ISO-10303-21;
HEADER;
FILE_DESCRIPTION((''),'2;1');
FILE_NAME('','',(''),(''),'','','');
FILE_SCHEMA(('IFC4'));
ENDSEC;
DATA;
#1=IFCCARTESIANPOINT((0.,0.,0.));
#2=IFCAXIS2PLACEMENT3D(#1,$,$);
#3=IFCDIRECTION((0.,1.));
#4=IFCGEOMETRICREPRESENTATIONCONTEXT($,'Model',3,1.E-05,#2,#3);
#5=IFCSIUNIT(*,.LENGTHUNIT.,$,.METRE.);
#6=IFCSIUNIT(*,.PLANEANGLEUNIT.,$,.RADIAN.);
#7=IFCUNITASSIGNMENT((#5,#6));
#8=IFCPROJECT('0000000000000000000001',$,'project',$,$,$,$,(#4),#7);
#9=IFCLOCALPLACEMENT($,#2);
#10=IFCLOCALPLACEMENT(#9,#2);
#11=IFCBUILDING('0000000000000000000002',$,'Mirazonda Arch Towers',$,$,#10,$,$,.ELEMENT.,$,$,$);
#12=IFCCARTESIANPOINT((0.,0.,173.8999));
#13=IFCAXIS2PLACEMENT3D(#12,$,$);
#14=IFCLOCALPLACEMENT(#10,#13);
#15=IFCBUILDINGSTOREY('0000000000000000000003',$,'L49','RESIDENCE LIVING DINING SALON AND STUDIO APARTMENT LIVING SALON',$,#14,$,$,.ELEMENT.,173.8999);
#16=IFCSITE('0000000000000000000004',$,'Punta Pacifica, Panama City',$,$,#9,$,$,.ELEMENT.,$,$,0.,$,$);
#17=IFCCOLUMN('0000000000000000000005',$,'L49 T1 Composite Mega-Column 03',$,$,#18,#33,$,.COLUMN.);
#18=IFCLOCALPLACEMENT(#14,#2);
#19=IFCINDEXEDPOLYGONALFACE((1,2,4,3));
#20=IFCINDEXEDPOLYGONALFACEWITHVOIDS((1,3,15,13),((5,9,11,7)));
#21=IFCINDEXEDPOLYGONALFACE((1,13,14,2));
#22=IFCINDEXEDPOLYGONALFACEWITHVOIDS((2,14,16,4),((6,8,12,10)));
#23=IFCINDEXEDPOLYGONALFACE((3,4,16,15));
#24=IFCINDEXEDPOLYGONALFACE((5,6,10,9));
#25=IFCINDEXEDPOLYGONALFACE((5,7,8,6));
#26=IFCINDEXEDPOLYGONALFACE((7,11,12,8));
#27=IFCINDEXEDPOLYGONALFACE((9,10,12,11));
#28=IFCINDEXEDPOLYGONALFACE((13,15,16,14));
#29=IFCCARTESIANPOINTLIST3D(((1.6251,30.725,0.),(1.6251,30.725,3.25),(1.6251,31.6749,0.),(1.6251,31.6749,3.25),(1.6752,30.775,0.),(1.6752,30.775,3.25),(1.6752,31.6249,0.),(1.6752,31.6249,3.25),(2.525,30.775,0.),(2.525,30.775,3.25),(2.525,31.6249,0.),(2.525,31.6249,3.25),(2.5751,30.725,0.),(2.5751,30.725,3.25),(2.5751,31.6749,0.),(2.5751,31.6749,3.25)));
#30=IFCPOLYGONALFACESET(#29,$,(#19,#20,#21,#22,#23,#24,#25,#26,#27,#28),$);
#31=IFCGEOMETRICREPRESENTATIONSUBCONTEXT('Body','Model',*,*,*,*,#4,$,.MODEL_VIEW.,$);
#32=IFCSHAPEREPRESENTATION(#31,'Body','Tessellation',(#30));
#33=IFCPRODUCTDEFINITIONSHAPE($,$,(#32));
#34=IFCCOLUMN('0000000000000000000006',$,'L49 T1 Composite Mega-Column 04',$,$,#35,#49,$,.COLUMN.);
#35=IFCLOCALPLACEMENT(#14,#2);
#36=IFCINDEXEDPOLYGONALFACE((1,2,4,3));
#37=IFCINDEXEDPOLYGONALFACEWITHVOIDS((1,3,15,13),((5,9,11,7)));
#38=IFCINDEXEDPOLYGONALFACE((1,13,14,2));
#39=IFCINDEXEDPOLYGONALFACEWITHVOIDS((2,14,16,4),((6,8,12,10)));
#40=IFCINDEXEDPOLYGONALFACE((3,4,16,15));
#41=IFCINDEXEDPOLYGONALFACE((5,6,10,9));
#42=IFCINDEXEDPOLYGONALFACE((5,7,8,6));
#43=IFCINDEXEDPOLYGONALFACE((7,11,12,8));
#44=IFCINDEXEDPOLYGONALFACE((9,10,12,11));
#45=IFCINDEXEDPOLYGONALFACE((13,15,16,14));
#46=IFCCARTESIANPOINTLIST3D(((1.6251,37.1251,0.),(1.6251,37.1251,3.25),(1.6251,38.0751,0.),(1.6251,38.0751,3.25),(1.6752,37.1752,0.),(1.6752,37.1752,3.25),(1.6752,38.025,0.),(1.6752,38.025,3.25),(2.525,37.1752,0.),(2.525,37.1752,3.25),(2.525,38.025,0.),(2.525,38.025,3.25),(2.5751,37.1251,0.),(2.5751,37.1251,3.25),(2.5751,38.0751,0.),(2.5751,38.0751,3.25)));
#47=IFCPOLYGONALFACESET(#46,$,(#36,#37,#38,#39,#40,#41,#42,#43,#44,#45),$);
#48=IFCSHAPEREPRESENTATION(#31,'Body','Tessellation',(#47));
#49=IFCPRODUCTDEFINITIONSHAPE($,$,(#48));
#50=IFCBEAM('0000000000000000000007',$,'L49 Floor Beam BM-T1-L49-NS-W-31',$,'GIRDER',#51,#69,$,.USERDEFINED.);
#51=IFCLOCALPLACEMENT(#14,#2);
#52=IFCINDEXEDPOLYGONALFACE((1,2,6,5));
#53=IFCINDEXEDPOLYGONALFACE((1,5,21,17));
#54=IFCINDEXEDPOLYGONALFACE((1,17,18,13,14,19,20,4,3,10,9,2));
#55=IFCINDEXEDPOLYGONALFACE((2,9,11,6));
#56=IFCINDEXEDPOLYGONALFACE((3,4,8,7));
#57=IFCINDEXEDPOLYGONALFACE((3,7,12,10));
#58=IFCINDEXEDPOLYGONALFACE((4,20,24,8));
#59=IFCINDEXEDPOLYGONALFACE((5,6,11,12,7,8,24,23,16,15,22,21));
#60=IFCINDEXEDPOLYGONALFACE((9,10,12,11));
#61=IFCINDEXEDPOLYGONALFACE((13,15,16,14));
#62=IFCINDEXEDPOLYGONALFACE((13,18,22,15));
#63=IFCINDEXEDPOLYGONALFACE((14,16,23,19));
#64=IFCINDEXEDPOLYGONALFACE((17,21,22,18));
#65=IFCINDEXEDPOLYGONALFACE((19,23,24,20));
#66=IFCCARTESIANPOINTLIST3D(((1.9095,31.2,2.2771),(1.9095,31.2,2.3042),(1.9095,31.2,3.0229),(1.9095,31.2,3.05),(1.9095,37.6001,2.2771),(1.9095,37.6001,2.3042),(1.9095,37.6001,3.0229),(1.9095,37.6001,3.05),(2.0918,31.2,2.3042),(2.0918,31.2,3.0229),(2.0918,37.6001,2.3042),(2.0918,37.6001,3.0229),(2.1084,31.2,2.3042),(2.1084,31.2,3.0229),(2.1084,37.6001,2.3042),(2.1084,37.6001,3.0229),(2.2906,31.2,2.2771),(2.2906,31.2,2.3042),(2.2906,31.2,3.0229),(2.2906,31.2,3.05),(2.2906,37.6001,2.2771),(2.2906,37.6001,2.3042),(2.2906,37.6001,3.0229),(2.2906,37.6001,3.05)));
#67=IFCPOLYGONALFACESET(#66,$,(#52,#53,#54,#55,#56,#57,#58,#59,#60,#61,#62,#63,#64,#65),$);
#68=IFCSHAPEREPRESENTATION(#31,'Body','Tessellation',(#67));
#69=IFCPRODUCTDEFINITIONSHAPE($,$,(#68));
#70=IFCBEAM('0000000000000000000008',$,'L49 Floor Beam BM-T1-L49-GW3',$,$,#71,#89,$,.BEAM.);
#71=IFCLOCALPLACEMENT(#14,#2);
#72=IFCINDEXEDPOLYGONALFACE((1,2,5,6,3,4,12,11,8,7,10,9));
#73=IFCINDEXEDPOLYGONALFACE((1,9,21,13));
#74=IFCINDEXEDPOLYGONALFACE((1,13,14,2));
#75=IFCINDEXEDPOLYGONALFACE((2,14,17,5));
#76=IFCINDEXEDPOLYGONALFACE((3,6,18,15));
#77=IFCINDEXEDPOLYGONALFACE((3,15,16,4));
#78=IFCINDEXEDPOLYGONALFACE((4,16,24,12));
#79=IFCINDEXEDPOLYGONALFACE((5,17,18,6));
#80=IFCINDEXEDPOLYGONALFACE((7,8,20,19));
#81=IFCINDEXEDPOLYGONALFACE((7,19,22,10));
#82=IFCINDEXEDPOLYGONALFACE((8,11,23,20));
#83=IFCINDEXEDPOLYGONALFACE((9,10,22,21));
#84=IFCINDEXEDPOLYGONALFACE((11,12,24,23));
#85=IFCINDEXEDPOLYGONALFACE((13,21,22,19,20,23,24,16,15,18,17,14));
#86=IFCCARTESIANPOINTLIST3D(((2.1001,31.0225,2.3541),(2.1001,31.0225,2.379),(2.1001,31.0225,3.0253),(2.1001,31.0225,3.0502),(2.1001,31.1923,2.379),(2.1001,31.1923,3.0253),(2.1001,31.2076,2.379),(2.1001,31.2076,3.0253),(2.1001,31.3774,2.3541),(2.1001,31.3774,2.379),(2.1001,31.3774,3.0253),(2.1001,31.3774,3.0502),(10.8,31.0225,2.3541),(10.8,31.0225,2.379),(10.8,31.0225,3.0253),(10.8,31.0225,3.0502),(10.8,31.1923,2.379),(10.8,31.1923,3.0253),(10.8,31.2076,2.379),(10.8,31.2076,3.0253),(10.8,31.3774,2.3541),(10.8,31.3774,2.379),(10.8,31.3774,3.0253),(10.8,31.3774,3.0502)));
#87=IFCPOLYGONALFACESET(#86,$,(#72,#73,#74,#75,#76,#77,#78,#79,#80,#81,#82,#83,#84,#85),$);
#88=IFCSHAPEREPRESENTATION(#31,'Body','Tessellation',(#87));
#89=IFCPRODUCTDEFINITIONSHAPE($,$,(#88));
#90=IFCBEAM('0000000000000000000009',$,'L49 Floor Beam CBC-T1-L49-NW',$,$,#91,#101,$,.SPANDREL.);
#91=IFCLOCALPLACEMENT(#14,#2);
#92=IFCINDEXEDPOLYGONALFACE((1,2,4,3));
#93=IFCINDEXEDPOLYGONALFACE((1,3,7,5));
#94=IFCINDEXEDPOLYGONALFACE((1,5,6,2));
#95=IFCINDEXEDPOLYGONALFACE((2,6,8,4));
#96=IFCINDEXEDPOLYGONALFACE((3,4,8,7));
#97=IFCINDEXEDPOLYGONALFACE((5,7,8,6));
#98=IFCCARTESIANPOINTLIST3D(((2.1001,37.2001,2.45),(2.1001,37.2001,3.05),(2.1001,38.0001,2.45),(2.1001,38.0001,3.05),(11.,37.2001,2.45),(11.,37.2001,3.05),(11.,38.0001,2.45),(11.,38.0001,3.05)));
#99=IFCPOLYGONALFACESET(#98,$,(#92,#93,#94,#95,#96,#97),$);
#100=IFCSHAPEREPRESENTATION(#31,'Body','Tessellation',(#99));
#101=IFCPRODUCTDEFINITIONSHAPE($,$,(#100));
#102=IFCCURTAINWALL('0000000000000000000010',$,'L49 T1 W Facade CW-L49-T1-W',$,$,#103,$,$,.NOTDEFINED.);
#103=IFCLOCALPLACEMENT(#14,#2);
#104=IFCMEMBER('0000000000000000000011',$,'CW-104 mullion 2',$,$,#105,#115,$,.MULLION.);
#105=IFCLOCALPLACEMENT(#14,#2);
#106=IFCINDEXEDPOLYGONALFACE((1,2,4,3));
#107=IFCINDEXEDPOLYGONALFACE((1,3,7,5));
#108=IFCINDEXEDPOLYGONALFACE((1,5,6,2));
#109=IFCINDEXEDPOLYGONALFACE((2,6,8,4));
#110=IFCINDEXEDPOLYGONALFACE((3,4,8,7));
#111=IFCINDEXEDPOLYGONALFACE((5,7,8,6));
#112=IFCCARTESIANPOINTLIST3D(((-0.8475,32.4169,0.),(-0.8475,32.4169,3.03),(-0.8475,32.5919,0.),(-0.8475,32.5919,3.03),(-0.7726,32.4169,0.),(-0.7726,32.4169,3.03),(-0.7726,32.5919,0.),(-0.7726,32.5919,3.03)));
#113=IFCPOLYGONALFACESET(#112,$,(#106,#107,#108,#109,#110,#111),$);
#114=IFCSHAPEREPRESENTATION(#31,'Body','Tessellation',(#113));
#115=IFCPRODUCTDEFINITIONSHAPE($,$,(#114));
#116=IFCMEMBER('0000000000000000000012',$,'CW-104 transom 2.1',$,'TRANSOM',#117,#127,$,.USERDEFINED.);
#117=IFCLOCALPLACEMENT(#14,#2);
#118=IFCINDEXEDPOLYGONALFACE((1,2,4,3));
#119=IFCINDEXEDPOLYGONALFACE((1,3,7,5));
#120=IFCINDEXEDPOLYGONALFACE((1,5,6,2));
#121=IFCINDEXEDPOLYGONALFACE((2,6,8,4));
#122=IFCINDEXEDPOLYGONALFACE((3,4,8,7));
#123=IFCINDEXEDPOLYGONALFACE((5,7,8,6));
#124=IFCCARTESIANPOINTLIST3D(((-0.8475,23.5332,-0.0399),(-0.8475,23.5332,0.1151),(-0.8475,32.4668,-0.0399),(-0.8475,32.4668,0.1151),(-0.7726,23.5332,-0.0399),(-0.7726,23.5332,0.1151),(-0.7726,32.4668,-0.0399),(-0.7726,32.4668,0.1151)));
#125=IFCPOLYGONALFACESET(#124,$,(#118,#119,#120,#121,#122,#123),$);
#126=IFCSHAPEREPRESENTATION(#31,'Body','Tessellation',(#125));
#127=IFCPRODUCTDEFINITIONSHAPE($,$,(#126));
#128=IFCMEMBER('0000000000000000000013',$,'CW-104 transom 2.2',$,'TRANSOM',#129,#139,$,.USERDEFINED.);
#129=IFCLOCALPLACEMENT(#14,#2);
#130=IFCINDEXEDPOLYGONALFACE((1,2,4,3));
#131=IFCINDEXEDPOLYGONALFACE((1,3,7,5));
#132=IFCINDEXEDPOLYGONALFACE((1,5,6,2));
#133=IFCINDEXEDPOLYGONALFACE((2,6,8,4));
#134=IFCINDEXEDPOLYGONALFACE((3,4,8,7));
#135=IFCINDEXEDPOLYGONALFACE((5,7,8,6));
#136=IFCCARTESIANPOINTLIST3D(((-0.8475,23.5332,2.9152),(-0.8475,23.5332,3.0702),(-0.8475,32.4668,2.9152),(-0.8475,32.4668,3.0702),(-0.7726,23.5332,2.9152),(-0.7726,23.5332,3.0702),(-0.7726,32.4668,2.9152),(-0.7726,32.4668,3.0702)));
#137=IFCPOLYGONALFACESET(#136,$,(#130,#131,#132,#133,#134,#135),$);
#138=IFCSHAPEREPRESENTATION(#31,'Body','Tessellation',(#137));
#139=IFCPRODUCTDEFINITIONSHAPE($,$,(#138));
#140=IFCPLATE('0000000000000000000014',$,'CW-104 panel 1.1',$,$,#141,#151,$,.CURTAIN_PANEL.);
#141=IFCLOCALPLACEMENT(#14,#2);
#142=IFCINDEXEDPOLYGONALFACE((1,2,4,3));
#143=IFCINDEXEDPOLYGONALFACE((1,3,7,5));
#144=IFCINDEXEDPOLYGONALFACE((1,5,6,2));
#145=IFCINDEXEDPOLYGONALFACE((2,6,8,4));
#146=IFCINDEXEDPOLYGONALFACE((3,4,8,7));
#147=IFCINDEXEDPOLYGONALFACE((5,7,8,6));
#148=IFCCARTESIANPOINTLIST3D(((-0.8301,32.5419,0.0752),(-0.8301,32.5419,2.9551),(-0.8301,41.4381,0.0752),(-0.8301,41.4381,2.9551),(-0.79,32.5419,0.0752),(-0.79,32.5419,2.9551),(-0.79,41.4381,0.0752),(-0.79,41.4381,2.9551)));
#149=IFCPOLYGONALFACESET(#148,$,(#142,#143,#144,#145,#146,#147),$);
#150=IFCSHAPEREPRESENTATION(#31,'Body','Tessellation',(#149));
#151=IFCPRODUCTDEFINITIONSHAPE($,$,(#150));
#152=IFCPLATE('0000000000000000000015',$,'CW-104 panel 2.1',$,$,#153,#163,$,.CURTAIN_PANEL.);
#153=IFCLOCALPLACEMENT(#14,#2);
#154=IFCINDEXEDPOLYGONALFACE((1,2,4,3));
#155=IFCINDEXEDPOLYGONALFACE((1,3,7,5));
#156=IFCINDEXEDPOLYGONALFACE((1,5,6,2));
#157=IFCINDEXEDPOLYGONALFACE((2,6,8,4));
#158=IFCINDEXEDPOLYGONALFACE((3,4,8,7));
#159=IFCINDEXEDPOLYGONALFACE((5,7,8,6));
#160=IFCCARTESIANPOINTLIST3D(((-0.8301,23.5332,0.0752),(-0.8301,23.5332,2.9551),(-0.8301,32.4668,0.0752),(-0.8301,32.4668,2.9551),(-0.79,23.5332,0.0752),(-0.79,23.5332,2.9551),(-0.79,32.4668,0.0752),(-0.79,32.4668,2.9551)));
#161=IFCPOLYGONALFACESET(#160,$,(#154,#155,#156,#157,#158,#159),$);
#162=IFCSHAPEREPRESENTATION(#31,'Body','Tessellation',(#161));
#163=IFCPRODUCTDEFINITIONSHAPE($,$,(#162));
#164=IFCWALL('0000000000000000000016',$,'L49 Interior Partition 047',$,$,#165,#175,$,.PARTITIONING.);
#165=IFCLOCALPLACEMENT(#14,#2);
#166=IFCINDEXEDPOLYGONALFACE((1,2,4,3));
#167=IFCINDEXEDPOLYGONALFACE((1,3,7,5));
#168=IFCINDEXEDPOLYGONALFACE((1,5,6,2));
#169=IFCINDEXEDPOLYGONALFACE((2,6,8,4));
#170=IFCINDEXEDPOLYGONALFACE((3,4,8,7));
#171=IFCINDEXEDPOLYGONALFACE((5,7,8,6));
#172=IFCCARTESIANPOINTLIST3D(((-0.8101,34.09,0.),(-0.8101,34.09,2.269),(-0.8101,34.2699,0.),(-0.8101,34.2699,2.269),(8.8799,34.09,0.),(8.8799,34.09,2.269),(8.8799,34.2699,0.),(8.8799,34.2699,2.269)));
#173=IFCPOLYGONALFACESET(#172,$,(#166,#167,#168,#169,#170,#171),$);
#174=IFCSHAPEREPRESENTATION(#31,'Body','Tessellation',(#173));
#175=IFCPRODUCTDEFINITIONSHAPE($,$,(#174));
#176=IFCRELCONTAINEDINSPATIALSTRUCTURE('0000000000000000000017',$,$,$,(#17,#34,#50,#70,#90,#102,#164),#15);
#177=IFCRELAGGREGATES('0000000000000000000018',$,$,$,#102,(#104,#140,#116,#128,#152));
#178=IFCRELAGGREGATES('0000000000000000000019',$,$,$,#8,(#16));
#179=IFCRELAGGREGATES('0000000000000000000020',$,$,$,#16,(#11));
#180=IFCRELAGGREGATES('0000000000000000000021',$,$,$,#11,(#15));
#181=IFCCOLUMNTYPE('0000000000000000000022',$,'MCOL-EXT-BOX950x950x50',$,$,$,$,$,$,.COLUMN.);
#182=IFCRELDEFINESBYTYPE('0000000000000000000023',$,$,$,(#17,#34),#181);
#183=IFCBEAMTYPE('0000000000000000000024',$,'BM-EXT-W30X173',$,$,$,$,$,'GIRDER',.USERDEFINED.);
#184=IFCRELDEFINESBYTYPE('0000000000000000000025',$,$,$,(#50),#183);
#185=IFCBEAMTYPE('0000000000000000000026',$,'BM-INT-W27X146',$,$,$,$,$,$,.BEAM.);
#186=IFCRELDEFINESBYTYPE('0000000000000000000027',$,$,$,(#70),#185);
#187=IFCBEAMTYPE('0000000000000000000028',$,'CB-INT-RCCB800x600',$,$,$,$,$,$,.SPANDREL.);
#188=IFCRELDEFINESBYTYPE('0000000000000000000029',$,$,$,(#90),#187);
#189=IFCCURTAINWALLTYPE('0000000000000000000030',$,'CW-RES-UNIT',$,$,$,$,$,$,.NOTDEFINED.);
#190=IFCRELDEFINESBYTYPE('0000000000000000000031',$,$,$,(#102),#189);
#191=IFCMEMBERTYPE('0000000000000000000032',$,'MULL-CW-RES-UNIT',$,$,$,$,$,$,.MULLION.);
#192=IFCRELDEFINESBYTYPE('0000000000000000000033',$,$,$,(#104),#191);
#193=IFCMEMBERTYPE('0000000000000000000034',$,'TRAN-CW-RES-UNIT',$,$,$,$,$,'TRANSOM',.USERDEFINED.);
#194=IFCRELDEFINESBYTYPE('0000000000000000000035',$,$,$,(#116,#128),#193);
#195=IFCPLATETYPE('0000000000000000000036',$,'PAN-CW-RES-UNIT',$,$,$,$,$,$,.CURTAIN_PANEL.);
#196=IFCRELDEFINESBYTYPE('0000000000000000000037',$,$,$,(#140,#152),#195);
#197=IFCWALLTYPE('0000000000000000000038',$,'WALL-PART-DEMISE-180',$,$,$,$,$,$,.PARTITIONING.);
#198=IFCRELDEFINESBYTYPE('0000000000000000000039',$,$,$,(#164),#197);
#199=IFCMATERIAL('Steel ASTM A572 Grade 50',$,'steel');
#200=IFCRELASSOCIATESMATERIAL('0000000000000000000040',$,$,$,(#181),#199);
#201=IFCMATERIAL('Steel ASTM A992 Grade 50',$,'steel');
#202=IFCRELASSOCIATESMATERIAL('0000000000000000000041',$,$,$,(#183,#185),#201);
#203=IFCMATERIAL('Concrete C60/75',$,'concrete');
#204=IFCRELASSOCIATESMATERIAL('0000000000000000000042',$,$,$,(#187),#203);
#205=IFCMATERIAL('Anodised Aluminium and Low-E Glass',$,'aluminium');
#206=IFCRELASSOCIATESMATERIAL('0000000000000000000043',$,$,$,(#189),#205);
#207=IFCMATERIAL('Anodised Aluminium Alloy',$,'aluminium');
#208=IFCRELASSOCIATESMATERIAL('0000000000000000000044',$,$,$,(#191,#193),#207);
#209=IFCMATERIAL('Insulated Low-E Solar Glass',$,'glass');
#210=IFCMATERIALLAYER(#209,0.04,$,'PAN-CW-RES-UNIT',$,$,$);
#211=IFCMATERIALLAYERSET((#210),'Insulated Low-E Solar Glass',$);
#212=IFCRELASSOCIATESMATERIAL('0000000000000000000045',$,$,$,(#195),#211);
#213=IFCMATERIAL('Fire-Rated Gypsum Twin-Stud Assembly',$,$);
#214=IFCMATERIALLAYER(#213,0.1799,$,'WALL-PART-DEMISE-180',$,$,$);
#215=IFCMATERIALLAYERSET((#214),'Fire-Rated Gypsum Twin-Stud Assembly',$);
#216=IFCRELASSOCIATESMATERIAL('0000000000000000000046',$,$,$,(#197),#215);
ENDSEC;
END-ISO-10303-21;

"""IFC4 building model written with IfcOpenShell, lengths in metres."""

from ifc_helpers import new_model, si_unit, direction, frame, frame_2d, origin, origin_2d, place, context, subcontext, project, spatial, rectangle, hollow_rectangle, i_section, extrude, material, layer, layer_set, material_profile, profile_set, type_object, element, aggregate, save


model = new_model("IFC4")

# Units and contexts
model_context = context("Model", 3, precision=1e-05, world=origin(), true_north=direction((0.0, 1.0)))
body_context = subcontext(model_context, "Body", "Model", "MODEL_VIEW")
ifc_project = project(units=[si_unit("LENGTHUNIT", "METRE"), si_unit("PLANEANGLEUNIT", "RADIAN")], contexts=[model_context])

# Site, building, storey
site_placement = place(None, origin())
site = spatial("IfcSite", under=ifc_project, at=site_placement, Name="Punta Pacifica, Panama City", CompositionType="ELEMENT", RefElevation=0.0)
building_placement = place(site_placement, origin())
building = spatial("IfcBuilding", under=site, at=building_placement, Name="Mirazonda Arch Towers", CompositionType="ELEMENT")
storey_placement = place(building_placement, frame((0.0, 0.0, 173.8999)))
storey = spatial("IfcBuildingStorey", under=building, at=storey_placement, Name="L49", Description="RESIDENCE LIVING DINING SALON AND STUDIO APARTMENT LIVING SALON", CompositionType="ELEMENT", Elevation=173.8999)

# Columns
ifc_material_1 = material(Name="Steel ASTM A572 Grade 50", Category="steel")
ifc_material_profile_1 = material_profile(ifc_material_1, hollow_rectangle(XDim=0.95, YDim=0.95, WallThickness=0.05, at=origin_2d()), Name="BOX950x950x50")
ifc_profile_set_1 = profile_set([ifc_material_profile_1], Name="Steel ASTM A572 Grade 50")
column_type = type_object("IfcColumnType", Name="MCOL-EXT-BOX950x950x50", PredefinedType="COLUMN", material=ifc_profile_set_1)
for number, where, z_axis, x_axis, name in (
    (1, (2.1001, 31.2, 0.0), (0.0, 0.0, 1.0), (1.0, 0.0, 0.0), "L49 T1 Composite Mega-Column 03"),
    (2, (2.1001, 37.6001, 0.0), (0.0, 0.0, 1.0), (1.0, 0.0, 0.0), "L49 T1 Composite Mega-Column 04"),
):
    element("IfcColumn", number, at=place(storey_placement, frame(where, z_axis=z_axis, x_axis=x_axis)), inside=storey, type_object=column_type, Name=name, PredefinedType="COLUMN", context=body_context, shape_type="SweptSolid", body=[
        extrude(hollow_rectangle(XDim=0.95, YDim=0.95, WallThickness=0.05, at=origin_2d()), origin(), (0.0, 0.0, 1.0), 3.25),
    ])

# Beams
ifc_material_2 = material(Name="Steel ASTM A992 Grade 50", Category="steel")
ifc_material_profile_2 = material_profile(ifc_material_2, i_section(OverallWidth=0.3811, OverallDepth=0.7729, WebThickness=0.0166, FlangeThickness=0.0271, at=origin_2d()), Name="W30X173")
ifc_profile_set_2 = profile_set([ifc_material_profile_2], Name="Steel ASTM A992 Grade 50")
beam_type_1 = type_object("IfcBeamType", Name="BM-EXT-W30X173", ElementType="GIRDER", PredefinedType="USERDEFINED", material=ifc_profile_set_2)
beam_1_placement = place(storey_placement, frame((2.1001, 31.2, 2.6636), z_axis=(0.0, 1.0, 0.0), x_axis=(-1.0, 0.0, 0.0)))
element("IfcBeam", 3, at=beam_1_placement, inside=storey, type_object=beam_type_1, Name="L49 Floor Beam BM-T1-L49-NS-W-31", ObjectType="GIRDER", PredefinedType="USERDEFINED", context=body_context, shape_type="SweptSolid", body=[
    extrude(i_section(OverallWidth=0.3811, OverallDepth=0.7729, WebThickness=0.0166, FlangeThickness=0.0271, at=origin_2d()), origin(), (0.0, 0.0, 1.0), 6.4001),
])
ifc_material_profile_3 = material_profile(ifc_material_2, i_section(OverallWidth=0.355, OverallDepth=0.696, WebThickness=0.0154, FlangeThickness=0.0249, at=origin_2d()), Name="W27X146")
ifc_profile_set_3 = profile_set([ifc_material_profile_3], Name="Steel ASTM A992 Grade 50")
beam_type_2 = type_object("IfcBeamType", Name="BM-INT-W27X146", PredefinedType="BEAM", material=ifc_profile_set_3)
beam_2_placement = place(storey_placement, frame((2.1001, 31.2, 2.7021), z_axis=(1.0, 0.0, 0.0), x_axis=(0.0, 1.0, 0.0)))
element("IfcBeam", 4, at=beam_2_placement, inside=storey, type_object=beam_type_2, Name="L49 Floor Beam BM-T1-L49-GW3", PredefinedType="BEAM", context=body_context, shape_type="SweptSolid", body=[
    extrude(i_section(OverallWidth=0.355, OverallDepth=0.696, WebThickness=0.0154, FlangeThickness=0.0249, at=origin_2d()), origin(), (0.0, 0.0, 1.0), 8.7),
])
ifc_material_3 = material(Name="Concrete C60/75", Category="concrete")
ifc_material_profile_4 = material_profile(ifc_material_3, rectangle(XDim=0.8, YDim=0.6001, at=origin_2d()), Name="RCCB800x600")
ifc_profile_set_4 = profile_set([ifc_material_profile_4], Name="Concrete C60/75")
beam_type_3 = type_object("IfcBeamType", Name="CB-INT-RCCB800x600", PredefinedType="SPANDREL", material=ifc_profile_set_4)
beam_3_placement = place(storey_placement, frame((2.1001, 37.6001, 2.75), z_axis=(1.0, 0.0, 0.0), x_axis=(0.0, 1.0, 0.0)))
element("IfcBeam", 5, at=beam_3_placement, inside=storey, type_object=beam_type_3, Name="L49 Floor Beam CBC-T1-L49-NW", PredefinedType="SPANDREL", context=body_context, shape_type="SweptSolid", body=[
    extrude(rectangle(XDim=0.8, YDim=0.6001, at=origin_2d()), origin(), (0.0, 0.0, 1.0), 8.8999),
])

# Curtain wall, members, plates
ifc_material_4 = material(Name="Anodised Aluminium and Low-E Glass", Category="aluminium")
curtain_wall_type = type_object("IfcCurtainWallType", Name="CW-RES-UNIT", PredefinedType="NOTDEFINED", material=ifc_material_4)
curtain_wall_placement = place(storey_placement, origin())
curtain_wall = element("IfcCurtainWall", 6, at=curtain_wall_placement, inside=storey, type_object=curtain_wall_type, Name="L49 T1 W Facade CW-L49-T1-W", PredefinedType="NOTDEFINED")
ifc_material_5 = material(Name="Anodised Aluminium Alloy", Category="aluminium")
ifc_material_profile_5 = material_profile(ifc_material_5, rectangle(XDim=0.075, YDim=0.175, at=origin_2d()), Name="ALU-MULL-75x175")
ifc_profile_set_5 = profile_set([ifc_material_profile_5], Name="Anodised Aluminium Alloy")
member_type_1 = type_object("IfcMemberType", Name="MULL-CW-RES-UNIT", PredefinedType="MULLION", material=ifc_profile_set_5)
member_1_placement = place(storey_placement, frame((-0.8101, 32.5044, 0.0), z_axis=(0.0, 0.0, 1.0), x_axis=(1.0, 0.0, 0.0)))
member_1 = element("IfcMember", 7, at=member_1_placement, type_object=member_type_1, Name="CW-104 mullion 2", PredefinedType="MULLION", context=body_context, shape_type="SweptSolid", body=[
    extrude(rectangle(XDim=0.075, YDim=0.175, at=origin_2d()), origin(), (0.0, 0.0, 1.0), 3.03),
])
ifc_material_profile_6 = material_profile(ifc_material_5, rectangle(XDim=0.075, YDim=0.155, at=origin_2d()), Name="ALU-TRAN-75x155")
ifc_profile_set_6 = profile_set([ifc_material_profile_6], Name="Anodised Aluminium Alloy")
member_type_2 = type_object("IfcMemberType", Name="TRAN-CW-RES-UNIT", ElementType="TRANSOM", PredefinedType="USERDEFINED", material=ifc_profile_set_6)
member_2_placement = place(storey_placement, frame((-0.8101, 32.4668, 0.0376), z_axis=(0.0, -1.0, 0.0), x_axis=(1.0, 0.0, 0.0)))
member_2 = element("IfcMember", 8, at=member_2_placement, type_object=member_type_2, Name="CW-104 transom 2.1", ObjectType="TRANSOM", PredefinedType="USERDEFINED", context=body_context, shape_type="SweptSolid", body=[
    extrude(rectangle(XDim=0.075, YDim=0.155, at=origin_2d()), origin(), (0.0, 0.0, 1.0), 8.9336),
])
member_3_placement = place(storey_placement, frame((-0.8101, 32.4668, 2.9927), z_axis=(0.0, -1.0, 0.0), x_axis=(1.0, 0.0, 0.0)))
member_3 = element("IfcMember", 9, at=member_3_placement, type_object=member_type_2, Name="CW-104 transom 2.2", ObjectType="TRANSOM", PredefinedType="USERDEFINED", context=body_context, shape_type="SweptSolid", body=[
    extrude(rectangle(XDim=0.075, YDim=0.155, at=origin_2d()), origin(), (0.0, 0.0, 1.0), 8.9336),
])
ifc_material_6 = material(Name="Insulated Low-E Solar Glass", Category="glass")
ifc_layer_1 = layer(ifc_material_6, 0.04, Name="PAN-CW-RES-UNIT")
ifc_layer_set_1 = layer_set([ifc_layer_1], Name="Insulated Low-E Solar Glass")
plate_type = type_object("IfcPlateType", Name="PAN-CW-RES-UNIT", PredefinedType="CURTAIN_PANEL", material=ifc_layer_set_1)
plate_1_placement = place(storey_placement, frame((-0.8101, 36.99, 0.0752), z_axis=(0.0, 0.0, 1.0), x_axis=(0.0, -1.0, 0.0)))
plate_1 = element("IfcPlate", 10, at=plate_1_placement, type_object=plate_type, Name="CW-104 panel 1.1", PredefinedType="CURTAIN_PANEL", context=body_context, shape_type="SweptSolid", body=[
    extrude(rectangle(XDim=8.8962, YDim=0.04, at=origin_2d()), origin(), (0.0, 0.0, 1.0), 2.8799),
])
plate_2_placement = place(storey_placement, frame((-0.8101, 28.0, 0.0752), z_axis=(0.0, 0.0, 1.0), x_axis=(0.0, -1.0, 0.0)))
plate_2 = element("IfcPlate", 11, at=plate_2_placement, type_object=plate_type, Name="CW-104 panel 2.1", PredefinedType="CURTAIN_PANEL", context=body_context, shape_type="SweptSolid", body=[
    extrude(rectangle(XDim=8.9336, YDim=0.04, at=origin_2d()), origin(), (0.0, 0.0, 1.0), 2.8799),
])
aggregate(curtain_wall, [member_1, plate_1, member_2, member_3, plate_2])

# Shared definitions
ifc_material_7 = material(Name="Fire-Rated Gypsum Twin-Stud Assembly")
ifc_layer_2 = layer(ifc_material_7, 0.1799, Name="WALL-PART-DEMISE-180")
ifc_layer_set_2 = layer_set([ifc_layer_2], Name="Fire-Rated Gypsum Twin-Stud Assembly")
wall_type_1 = type_object("IfcWallType", Name="WALL-PART-DEMISE-180", PredefinedType="PARTITIONING", material=ifc_layer_set_2)

# Wall
wall_1_placement = place(storey_placement, frame((-0.8101, 34.1799, 0.0), z_axis=(0.0, 0.0, 1.0), x_axis=(1.0, 0.0, 0.0)))
element("IfcWall", 12, at=wall_1_placement, inside=storey, type_object=wall_type_1, Name="L49 Interior Partition 047", PredefinedType="PARTITIONING", context=body_context, shape_type="SweptSolid", body=[
    extrude(rectangle(XDim=9.6899, YDim=0.1799, at=frame_2d((4.845, 0.0))), origin(), (0.0, 0.0, 1.0), 2.269),
])

save(model, "model.ifc")
